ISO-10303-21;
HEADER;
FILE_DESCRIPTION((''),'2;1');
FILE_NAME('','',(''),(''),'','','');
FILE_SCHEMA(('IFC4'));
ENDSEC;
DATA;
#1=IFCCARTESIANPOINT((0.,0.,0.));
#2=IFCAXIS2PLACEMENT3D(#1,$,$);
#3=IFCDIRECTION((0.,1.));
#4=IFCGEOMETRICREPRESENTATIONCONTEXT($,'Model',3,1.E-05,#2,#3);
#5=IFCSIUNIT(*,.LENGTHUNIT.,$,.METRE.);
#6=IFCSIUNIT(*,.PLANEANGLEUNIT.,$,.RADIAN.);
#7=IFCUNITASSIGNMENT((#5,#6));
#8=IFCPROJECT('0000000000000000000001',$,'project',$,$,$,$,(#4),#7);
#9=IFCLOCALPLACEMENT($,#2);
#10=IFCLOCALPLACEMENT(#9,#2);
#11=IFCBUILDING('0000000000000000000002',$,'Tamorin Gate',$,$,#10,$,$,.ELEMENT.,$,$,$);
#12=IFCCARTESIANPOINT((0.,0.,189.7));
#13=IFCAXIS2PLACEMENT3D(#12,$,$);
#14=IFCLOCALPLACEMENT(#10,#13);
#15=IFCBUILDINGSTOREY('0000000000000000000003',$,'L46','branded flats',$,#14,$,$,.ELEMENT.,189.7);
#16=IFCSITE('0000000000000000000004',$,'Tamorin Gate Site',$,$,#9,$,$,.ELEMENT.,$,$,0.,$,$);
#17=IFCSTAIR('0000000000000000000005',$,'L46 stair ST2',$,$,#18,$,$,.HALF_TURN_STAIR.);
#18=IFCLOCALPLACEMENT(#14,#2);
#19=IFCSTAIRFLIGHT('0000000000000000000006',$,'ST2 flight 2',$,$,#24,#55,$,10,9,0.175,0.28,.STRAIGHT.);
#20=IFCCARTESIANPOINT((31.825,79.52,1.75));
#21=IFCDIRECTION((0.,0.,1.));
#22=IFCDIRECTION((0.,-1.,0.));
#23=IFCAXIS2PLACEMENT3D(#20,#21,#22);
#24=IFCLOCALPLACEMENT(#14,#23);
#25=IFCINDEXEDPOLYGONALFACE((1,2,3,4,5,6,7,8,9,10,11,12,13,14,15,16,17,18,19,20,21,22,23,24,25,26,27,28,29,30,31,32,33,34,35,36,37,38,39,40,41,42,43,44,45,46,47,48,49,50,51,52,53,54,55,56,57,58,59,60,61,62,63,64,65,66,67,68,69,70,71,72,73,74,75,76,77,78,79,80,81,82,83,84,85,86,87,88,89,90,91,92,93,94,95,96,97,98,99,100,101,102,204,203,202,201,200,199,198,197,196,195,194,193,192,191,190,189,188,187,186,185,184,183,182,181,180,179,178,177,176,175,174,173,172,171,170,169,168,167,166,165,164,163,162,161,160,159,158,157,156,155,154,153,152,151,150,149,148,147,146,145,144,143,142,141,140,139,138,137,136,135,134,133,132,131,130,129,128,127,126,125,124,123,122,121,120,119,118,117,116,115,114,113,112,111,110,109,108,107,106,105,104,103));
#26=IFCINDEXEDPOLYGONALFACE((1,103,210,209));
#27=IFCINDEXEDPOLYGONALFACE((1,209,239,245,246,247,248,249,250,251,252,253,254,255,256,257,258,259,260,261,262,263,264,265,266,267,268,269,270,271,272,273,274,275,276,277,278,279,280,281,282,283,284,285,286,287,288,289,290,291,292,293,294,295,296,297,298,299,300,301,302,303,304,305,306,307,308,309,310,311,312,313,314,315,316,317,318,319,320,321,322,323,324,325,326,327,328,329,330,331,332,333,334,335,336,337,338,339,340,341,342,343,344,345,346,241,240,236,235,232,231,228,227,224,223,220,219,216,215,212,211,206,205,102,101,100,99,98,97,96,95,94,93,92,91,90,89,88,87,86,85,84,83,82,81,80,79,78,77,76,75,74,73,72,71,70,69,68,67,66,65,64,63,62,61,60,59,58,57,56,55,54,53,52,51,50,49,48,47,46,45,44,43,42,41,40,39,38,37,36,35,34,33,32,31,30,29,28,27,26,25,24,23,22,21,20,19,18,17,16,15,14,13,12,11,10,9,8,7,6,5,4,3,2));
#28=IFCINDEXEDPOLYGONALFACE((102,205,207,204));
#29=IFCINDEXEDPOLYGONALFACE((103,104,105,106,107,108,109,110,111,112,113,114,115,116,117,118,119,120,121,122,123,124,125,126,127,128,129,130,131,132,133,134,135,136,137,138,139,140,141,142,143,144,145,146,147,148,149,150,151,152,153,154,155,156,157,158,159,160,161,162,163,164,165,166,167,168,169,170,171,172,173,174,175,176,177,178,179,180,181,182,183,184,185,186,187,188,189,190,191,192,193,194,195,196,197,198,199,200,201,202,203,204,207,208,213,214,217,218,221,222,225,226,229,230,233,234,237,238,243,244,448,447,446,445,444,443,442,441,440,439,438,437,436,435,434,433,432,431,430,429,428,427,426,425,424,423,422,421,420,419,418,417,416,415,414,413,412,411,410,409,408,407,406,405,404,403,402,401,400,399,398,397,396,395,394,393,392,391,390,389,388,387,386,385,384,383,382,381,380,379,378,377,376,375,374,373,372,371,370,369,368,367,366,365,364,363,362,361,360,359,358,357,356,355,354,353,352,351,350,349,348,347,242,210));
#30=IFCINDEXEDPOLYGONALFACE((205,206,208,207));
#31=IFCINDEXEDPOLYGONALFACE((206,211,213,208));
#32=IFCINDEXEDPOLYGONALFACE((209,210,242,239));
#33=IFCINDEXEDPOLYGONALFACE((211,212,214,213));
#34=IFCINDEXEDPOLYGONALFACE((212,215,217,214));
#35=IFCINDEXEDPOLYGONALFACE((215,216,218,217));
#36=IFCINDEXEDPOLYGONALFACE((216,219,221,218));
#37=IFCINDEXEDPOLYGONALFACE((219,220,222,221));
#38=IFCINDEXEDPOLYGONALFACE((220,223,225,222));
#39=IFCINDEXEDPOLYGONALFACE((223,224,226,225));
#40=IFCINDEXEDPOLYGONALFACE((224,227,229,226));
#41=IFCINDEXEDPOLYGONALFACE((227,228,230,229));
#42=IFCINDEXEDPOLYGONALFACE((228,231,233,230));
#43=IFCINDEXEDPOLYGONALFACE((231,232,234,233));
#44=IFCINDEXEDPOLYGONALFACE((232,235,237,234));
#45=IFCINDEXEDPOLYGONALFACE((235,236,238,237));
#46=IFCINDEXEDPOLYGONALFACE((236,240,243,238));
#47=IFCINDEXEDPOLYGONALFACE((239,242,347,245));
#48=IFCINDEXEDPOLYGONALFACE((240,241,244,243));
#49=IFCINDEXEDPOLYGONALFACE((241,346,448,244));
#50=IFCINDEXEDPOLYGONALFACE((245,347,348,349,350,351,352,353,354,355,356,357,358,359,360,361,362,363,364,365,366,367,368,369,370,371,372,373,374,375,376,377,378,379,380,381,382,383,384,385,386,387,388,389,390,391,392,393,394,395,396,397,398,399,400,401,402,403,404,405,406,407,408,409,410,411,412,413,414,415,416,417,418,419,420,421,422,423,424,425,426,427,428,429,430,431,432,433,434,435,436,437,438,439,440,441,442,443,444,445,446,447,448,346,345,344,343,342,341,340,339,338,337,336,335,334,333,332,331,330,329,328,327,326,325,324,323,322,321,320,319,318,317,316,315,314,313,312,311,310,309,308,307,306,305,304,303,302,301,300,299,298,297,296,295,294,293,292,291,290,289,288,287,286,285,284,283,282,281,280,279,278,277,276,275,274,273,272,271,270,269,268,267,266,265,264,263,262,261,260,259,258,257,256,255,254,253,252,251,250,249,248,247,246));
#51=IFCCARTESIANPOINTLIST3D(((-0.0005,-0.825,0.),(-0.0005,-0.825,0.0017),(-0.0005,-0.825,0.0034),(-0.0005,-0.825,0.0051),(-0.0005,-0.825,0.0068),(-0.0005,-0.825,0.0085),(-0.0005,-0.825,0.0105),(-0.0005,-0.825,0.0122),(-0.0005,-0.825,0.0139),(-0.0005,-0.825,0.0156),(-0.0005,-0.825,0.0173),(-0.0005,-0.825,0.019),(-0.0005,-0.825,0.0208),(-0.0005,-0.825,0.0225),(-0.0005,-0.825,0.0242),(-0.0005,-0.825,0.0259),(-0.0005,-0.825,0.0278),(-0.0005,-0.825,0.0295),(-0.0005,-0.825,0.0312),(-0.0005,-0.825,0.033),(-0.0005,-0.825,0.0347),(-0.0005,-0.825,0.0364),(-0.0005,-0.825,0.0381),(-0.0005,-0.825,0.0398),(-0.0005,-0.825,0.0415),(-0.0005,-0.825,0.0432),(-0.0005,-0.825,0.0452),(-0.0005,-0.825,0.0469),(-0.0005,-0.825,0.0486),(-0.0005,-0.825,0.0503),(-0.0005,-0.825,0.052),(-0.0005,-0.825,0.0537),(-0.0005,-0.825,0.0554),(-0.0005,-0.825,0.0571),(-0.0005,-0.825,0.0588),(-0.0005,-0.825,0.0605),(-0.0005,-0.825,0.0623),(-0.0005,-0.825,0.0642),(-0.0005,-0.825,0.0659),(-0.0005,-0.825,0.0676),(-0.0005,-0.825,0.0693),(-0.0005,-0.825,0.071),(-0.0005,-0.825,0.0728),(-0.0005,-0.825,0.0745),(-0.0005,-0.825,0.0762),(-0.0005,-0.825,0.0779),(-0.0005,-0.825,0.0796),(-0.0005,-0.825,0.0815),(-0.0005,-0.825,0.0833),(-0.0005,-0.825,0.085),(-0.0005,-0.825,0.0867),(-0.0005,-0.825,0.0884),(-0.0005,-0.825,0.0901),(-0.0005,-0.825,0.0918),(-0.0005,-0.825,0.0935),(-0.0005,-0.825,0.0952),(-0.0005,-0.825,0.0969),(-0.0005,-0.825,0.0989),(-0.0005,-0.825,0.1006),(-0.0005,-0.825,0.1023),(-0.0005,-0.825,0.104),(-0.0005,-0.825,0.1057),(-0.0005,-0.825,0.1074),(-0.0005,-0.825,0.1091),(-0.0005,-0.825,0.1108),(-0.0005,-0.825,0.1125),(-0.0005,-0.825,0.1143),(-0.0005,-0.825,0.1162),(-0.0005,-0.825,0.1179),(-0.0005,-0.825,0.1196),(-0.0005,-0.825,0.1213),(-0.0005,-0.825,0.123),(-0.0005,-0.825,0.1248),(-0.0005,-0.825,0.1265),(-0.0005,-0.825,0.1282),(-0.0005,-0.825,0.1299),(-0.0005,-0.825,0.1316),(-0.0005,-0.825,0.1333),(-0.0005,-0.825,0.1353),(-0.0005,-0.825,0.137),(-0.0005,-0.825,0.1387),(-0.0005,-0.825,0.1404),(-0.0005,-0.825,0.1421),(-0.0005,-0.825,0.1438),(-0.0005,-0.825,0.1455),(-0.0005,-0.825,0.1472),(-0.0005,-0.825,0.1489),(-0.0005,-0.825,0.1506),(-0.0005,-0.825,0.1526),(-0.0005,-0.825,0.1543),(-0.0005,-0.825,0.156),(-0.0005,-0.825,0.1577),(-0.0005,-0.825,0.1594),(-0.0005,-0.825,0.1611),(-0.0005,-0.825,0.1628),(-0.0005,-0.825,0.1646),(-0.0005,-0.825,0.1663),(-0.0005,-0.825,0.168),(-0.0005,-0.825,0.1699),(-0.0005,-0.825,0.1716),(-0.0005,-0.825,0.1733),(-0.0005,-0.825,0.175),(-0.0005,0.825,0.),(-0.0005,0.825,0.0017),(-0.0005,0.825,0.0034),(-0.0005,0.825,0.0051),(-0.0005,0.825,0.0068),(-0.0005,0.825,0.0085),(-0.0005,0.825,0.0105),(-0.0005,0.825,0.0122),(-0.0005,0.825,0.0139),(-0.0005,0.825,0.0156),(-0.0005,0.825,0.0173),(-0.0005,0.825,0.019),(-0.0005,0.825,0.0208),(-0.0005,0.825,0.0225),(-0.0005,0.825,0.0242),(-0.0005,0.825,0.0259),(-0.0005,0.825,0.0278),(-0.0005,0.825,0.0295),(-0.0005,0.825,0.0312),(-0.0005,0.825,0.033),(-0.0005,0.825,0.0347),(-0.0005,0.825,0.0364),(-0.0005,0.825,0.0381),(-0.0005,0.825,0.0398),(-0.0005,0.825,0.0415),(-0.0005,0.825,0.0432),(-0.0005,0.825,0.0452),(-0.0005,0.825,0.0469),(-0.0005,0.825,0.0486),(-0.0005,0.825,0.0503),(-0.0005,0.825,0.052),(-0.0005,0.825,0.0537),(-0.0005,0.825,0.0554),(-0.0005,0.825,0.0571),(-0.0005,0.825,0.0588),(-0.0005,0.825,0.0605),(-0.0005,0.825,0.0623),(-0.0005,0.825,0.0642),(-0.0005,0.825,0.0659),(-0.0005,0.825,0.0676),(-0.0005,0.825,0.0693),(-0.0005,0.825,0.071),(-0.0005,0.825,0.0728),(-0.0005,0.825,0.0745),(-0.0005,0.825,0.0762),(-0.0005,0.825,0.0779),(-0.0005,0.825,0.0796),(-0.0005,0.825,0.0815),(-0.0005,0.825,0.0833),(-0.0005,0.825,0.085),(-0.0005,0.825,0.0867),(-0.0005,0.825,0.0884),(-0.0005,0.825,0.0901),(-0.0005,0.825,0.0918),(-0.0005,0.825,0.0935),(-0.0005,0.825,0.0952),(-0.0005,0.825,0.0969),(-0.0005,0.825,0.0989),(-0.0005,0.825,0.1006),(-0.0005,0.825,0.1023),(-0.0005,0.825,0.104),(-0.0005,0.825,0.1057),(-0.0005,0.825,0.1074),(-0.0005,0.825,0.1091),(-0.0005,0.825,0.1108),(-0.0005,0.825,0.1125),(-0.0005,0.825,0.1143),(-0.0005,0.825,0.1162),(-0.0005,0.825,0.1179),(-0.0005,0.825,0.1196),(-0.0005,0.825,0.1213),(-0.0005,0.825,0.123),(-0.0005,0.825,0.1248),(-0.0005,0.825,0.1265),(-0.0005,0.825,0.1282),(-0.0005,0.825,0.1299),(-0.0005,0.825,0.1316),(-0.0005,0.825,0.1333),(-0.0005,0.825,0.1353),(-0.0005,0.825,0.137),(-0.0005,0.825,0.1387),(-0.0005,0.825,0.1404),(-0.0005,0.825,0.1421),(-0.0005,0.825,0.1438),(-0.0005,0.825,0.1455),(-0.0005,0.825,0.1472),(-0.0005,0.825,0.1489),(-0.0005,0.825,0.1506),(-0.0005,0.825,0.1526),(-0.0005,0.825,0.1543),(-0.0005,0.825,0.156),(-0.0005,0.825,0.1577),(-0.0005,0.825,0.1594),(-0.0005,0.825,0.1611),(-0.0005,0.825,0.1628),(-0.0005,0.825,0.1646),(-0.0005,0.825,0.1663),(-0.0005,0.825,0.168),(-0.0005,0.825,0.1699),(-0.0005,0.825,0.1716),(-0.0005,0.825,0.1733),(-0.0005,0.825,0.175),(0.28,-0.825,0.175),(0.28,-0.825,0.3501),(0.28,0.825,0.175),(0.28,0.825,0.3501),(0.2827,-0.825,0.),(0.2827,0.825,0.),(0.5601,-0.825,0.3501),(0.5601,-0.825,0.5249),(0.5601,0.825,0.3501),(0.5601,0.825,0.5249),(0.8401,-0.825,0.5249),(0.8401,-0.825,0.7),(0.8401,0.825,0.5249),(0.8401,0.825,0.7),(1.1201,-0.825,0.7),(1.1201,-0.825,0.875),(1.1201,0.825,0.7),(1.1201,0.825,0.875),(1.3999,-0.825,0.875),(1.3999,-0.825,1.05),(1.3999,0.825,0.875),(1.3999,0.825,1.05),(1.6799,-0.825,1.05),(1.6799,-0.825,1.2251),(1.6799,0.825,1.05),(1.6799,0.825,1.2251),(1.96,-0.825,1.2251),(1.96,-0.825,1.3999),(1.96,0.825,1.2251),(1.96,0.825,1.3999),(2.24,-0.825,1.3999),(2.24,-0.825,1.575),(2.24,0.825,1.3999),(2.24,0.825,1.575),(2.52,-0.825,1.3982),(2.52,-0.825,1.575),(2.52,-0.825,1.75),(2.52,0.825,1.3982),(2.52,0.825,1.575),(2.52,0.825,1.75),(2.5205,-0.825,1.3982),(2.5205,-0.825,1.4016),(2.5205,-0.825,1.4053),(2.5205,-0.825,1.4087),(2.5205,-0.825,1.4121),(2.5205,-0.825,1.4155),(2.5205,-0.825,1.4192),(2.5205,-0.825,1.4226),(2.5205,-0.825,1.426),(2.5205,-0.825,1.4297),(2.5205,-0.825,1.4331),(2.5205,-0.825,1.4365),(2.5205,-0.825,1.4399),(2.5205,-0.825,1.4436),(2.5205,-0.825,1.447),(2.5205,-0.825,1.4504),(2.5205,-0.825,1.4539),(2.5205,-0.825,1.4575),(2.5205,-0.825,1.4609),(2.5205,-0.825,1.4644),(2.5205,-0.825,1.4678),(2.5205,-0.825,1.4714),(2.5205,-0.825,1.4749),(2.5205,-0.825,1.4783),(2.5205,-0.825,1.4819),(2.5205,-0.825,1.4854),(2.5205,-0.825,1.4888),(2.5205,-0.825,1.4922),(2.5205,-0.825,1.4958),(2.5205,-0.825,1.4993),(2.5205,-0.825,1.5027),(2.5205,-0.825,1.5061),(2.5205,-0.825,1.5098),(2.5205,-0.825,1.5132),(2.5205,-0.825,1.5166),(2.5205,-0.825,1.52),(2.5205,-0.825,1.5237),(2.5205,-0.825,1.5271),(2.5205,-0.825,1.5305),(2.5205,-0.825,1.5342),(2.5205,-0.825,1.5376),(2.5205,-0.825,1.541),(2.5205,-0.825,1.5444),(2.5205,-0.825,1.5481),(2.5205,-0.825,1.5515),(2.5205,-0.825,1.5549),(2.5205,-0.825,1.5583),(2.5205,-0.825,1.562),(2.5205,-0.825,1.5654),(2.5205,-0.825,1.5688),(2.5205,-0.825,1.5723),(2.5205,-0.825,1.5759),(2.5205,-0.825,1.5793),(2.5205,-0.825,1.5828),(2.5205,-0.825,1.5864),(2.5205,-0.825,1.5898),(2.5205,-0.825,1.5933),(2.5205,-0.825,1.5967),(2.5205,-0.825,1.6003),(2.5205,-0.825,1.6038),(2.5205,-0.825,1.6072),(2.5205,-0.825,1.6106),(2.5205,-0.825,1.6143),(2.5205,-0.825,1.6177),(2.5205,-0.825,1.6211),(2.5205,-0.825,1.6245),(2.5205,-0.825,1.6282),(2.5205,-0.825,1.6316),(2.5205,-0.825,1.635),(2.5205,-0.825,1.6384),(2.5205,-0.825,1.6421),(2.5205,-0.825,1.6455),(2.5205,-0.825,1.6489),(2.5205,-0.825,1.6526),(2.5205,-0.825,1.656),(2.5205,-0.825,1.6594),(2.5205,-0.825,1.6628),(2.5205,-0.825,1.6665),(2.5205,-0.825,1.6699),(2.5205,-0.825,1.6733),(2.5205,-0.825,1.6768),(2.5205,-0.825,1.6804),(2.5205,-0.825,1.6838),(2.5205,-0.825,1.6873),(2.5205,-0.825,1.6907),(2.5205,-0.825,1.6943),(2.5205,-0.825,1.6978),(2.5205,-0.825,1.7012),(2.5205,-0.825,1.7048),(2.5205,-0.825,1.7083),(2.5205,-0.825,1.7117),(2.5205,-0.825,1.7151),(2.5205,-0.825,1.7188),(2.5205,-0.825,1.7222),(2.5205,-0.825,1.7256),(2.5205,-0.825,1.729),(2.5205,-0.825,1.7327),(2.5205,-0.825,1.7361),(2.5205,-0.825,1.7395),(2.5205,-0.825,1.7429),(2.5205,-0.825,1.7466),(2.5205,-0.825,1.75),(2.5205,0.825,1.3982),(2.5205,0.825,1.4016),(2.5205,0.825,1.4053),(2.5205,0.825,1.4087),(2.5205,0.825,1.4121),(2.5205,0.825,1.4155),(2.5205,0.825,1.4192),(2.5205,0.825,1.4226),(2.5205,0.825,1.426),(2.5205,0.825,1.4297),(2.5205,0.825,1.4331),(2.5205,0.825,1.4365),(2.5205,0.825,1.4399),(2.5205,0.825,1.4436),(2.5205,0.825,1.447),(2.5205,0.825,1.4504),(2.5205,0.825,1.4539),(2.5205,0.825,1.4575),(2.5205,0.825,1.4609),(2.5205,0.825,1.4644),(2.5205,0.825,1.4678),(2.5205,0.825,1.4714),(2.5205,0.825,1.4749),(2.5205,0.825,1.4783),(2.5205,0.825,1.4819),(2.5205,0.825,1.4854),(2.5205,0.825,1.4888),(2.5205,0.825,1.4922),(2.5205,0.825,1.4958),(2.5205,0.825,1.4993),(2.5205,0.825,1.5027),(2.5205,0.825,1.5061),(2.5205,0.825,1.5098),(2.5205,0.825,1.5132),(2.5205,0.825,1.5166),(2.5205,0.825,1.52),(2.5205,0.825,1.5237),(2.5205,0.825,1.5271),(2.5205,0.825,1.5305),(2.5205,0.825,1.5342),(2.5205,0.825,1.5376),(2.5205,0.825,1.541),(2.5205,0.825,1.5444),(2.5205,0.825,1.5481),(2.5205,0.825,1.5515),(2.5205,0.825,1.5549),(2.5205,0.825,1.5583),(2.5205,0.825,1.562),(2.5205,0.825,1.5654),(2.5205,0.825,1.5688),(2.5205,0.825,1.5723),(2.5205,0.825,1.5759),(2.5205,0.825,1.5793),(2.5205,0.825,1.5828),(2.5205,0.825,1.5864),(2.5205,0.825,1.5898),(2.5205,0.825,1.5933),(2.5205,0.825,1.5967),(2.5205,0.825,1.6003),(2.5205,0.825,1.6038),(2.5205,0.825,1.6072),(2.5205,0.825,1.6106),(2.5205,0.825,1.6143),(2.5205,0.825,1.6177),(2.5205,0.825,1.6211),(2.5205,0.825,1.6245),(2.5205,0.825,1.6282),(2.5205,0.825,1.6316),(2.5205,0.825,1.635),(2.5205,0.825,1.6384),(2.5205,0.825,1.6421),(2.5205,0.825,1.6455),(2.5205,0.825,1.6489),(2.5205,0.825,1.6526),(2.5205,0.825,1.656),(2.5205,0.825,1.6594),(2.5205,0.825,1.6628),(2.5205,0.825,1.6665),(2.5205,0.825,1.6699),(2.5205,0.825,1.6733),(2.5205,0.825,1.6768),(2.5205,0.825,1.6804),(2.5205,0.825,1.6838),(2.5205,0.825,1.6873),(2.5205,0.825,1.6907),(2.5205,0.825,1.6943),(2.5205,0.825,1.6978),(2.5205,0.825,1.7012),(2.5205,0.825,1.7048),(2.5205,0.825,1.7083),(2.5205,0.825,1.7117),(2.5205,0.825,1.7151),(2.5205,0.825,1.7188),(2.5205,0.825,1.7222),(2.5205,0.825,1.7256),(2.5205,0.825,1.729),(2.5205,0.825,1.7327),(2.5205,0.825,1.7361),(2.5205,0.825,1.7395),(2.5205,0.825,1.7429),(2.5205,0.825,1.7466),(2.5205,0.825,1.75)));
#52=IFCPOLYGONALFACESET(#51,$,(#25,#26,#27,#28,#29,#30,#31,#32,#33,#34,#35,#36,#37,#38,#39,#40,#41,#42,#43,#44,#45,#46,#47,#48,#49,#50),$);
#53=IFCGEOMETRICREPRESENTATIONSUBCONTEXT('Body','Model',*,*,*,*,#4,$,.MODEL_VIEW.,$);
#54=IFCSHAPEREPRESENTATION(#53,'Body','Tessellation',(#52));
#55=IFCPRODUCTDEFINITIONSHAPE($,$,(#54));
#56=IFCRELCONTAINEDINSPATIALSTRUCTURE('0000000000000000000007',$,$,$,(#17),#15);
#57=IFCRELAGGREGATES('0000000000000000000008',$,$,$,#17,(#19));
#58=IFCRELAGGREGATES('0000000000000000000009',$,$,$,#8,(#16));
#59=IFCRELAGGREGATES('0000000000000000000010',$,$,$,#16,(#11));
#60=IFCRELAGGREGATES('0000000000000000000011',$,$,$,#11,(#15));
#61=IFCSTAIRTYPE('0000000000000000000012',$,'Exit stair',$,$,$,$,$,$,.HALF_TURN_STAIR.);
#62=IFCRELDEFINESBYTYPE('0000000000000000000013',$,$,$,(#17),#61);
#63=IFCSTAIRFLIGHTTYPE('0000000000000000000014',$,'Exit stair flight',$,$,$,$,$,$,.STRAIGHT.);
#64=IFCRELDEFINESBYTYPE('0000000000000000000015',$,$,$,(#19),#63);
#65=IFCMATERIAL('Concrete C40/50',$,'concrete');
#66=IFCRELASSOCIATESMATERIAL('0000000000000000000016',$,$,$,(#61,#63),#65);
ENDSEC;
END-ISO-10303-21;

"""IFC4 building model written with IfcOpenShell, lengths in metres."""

from ifc_helpers import new_model, si_unit, direction, frame, origin, place, context, subcontext, project, spatial, polyline, outline, extrude, material, type_object, element, aggregate, save


model = new_model("IFC4")

# Units and contexts
model_context = context("Model", 3, precision=1e-05, world=origin(), true_north=direction((0.0, 1.0)))
body_context = subcontext(model_context, "Body", "Model", "MODEL_VIEW")
ifc_project = project(units=[si_unit("LENGTHUNIT", "METRE"), si_unit("PLANEANGLEUNIT", "RADIAN")], contexts=[model_context])

# Site, building, storey
site_placement = place(None, origin())
site = spatial("IfcSite", under=ifc_project, at=site_placement, Name="Tamorin Gate Site", CompositionType="ELEMENT", RefElevation=0.0)
building_placement = place(site_placement, origin())
building = spatial("IfcBuilding", under=site, at=building_placement, Name="Tamorin Gate", CompositionType="ELEMENT")
storey_placement = place(building_placement, frame((0.0, 0.0, 189.7)))
storey = spatial("IfcBuildingStorey", under=building, at=storey_placement, Name="L46", Description="branded flats", CompositionType="ELEMENT", Elevation=189.7)

# Stair, stair flight
ifc_material_1 = material(Name="Concrete C40/50", Category="concrete")
stair_type = type_object("IfcStairType", Name="Exit stair", PredefinedType="HALF_TURN_STAIR", material=ifc_material_1)
stair_placement = place(storey_placement, origin())
stair = element("IfcStair", 1, at=stair_placement, inside=storey, type_object=stair_type, Name="L46 stair ST2", PredefinedType="HALF_TURN_STAIR")
stair_flight_type = type_object("IfcStairFlightType", Name="Exit stair flight", PredefinedType="STRAIGHT", material=ifc_material_1)
stair_flight_placement = place(storey_placement, frame((31.825, 79.52, 1.75), z_axis=(0.0, 0.0, 1.0), x_axis=(0.0, -1.0, 0.0)))
stair_flight = element("IfcStairFlight", 2, at=stair_flight_placement, type_object=stair_flight_type, Name="ST2 flight 2", NumberOfRisers=10, NumberOfTreads=9, PredefinedType="STRAIGHT", RiserHeight=0.175, TreadLength=0.28, context=body_context, shape_type="SweptSolid", body=[
    extrude(outline(polyline([(-0.0005, 0.0), (-0.0005, 0.0017), (-0.0005, 0.0034), (-0.0005, 0.0051), (-0.0005, 0.0068), (-0.0005, 0.0085), (-0.0005, 0.0105), (-0.0005, 0.0122), (-0.0005, 0.0139), (-0.0005, 0.0156), (-0.0005, 0.0173), (-0.0005, 0.019), (-0.0005, 0.0208), (-0.0005, 0.0225), (-0.0005, 0.0242), (-0.0005, 0.0259), (-0.0005, 0.0278), (-0.0005, 0.0295), (-0.0005, 0.0312), (-0.0005, 0.033), (-0.0005, 0.0347), (-0.0005, 0.0364), (-0.0005, 0.0381), (-0.0005, 0.0398), (-0.0005, 0.0415), (-0.0005, 0.0432), (-0.0005, 0.0452), (-0.0005, 0.0469), (-0.0005, 0.0486), (-0.0005, 0.0503), (-0.0005, 0.052), (-0.0005, 0.0537), (-0.0005, 0.0554), (-0.0005, 0.0571), (-0.0005, 0.0588), (-0.0005, 0.0605), (-0.0005, 0.0623), (-0.0005, 0.0642), (-0.0005, 0.0659), (-0.0005, 0.0676), (-0.0005, 0.0693), (-0.0005, 0.071), (-0.0005, 0.0728), (-0.0005, 0.0745), (-0.0005, 0.0762), (-0.0005, 0.0779), (-0.0005, 0.0796), (-0.0005, 0.0815), (-0.0005, 0.0833), (-0.0005, 0.085), (-0.0005, 0.0867), (-0.0005, 0.0884), (-0.0005, 0.0901), (-0.0005, 0.0918), (-0.0005, 0.0935), (-0.0005, 0.0952), (-0.0005, 0.0969), (-0.0005, 0.0989), (-0.0005, 0.1006), (-0.0005, 0.1023), (-0.0005, 0.104), (-0.0005, 0.1057), (-0.0005, 0.1074), (-0.0005, 0.1091), (-0.0005, 0.1108), (-0.0005, 0.1125), (-0.0005, 0.1143), (-0.0005, 0.1162), (-0.0005, 0.1179), (-0.0005, 0.1196), (-0.0005, 0.1213), (-0.0005, 0.123), (-0.0005, 0.1248), (-0.0005, 0.1265), (-0.0005, 0.1282), (-0.0005, 0.1299), (-0.0005, 0.1316), (-0.0005, 0.1333), (-0.0005, 0.1353), (-0.0005, 0.137), (-0.0005, 0.1387), (-0.0005, 0.1404), (-0.0005, 0.1421), (-0.0005, 0.1438), (-0.0005, 0.1455), (-0.0005, 0.1472), (-0.0005, 0.1489), (-0.0005, 0.1506), (-0.0005, 0.1526), (-0.0005, 0.1543), (-0.0005, 0.156), (-0.0005, 0.1577), (-0.0005, 0.1594), (-0.0005, 0.1611), (-0.0005, 0.1628), (-0.0005, 0.1646), (-0.0005, 0.1663), (-0.0005, 0.168), (-0.0005, 0.1699), (-0.0005, 0.1716), (-0.0005, 0.1733), (-0.0005, 0.175), (0.28, 0.175), (0.28, 0.3501), (0.5601, 0.3501), (0.5601, 0.5249), (0.8401, 0.5249), (0.8401, 0.7), (1.1201, 0.7), (1.1201, 0.875), (1.3999, 0.875), (1.3999, 1.05), (1.6799, 1.05), (1.6799, 1.2251), (1.96, 1.2251), (1.96, 1.3999), (2.24, 1.3999), (2.24, 1.575), (2.52, 1.575), (2.52, 1.75), (2.5205, 1.75), (2.5205, 1.7466), (2.5205, 1.7429), (2.5205, 1.7395), (2.5205, 1.7361), (2.5205, 1.7327), (2.5205, 1.729), (2.5205, 1.7256), (2.5205, 1.7222), (2.5205, 1.7188), (2.5205, 1.7151), (2.5205, 1.7117), (2.5205, 1.7083), (2.5205, 1.7048), (2.5205, 1.7012), (2.5205, 1.6978), (2.5205, 1.6943), (2.5205, 1.6907), (2.5205, 1.6873), (2.5205, 1.6838), (2.5205, 1.6804), (2.5205, 1.6768), (2.5205, 1.6733), (2.5205, 1.6699), (2.5205, 1.6665), (2.5205, 1.6628), (2.5205, 1.6594), (2.5205, 1.656), (2.5205, 1.6526), (2.5205, 1.6489), (2.5205, 1.6455), (2.5205, 1.6421), (2.5205, 1.6384), (2.5205, 1.635), (2.5205, 1.6316), (2.5205, 1.6282), (2.5205, 1.6245), (2.5205, 1.6211), (2.5205, 1.6177), (2.5205, 1.6143), (2.5205, 1.6106), (2.5205, 1.6072), (2.5205, 1.6038), (2.5205, 1.6003), (2.5205, 1.5967), (2.5205, 1.5933), (2.5205, 1.5898), (2.5205, 1.5864), (2.5205, 1.5828), (2.5205, 1.5793), (2.5205, 1.5759), (2.5205, 1.5723), (2.5205, 1.5688), (2.5205, 1.5654), (2.5205, 1.562), (2.5205, 1.5583), (2.5205, 1.5549), (2.5205, 1.5515), (2.5205, 1.5481), (2.5205, 1.5444), (2.5205, 1.541), (2.5205, 1.5376), (2.5205, 1.5342), (2.5205, 1.5305), (2.5205, 1.5271), (2.5205, 1.5237), (2.5205, 1.52), (2.5205, 1.5166), (2.5205, 1.5132), (2.5205, 1.5098), (2.5205, 1.5061), (2.5205, 1.5027), (2.5205, 1.4993), (2.5205, 1.4958), (2.5205, 1.4922), (2.5205, 1.4888), (2.5205, 1.4854), (2.5205, 1.4819), (2.5205, 1.4783), (2.5205, 1.4749), (2.5205, 1.4714), (2.5205, 1.4678), (2.5205, 1.4644), (2.5205, 1.4609), (2.5205, 1.4575), (2.5205, 1.4539), (2.5205, 1.4504), (2.5205, 1.447), (2.5205, 1.4436), (2.5205, 1.4399), (2.5205, 1.4365), (2.5205, 1.4331), (2.5205, 1.4297), (2.5205, 1.426), (2.5205, 1.4226), (2.5205, 1.4192), (2.5205, 1.4155), (2.5205, 1.4121), (2.5205, 1.4087), (2.5205, 1.4053), (2.5205, 1.4016), (2.5205, 1.3982), (2.52, 1.3982), (0.2827, 0.0), (-0.0005, 0.0)])), frame((0.0, 0.825, 0.0), z_axis=(0.0, -1.0, 0.0), x_axis=(1.0, 0.0, 0.0)), (0.0, 0.0, 1.0), 1.6499),
])
aggregate(stair, [stair_flight])

save(model, "model.ifc")
